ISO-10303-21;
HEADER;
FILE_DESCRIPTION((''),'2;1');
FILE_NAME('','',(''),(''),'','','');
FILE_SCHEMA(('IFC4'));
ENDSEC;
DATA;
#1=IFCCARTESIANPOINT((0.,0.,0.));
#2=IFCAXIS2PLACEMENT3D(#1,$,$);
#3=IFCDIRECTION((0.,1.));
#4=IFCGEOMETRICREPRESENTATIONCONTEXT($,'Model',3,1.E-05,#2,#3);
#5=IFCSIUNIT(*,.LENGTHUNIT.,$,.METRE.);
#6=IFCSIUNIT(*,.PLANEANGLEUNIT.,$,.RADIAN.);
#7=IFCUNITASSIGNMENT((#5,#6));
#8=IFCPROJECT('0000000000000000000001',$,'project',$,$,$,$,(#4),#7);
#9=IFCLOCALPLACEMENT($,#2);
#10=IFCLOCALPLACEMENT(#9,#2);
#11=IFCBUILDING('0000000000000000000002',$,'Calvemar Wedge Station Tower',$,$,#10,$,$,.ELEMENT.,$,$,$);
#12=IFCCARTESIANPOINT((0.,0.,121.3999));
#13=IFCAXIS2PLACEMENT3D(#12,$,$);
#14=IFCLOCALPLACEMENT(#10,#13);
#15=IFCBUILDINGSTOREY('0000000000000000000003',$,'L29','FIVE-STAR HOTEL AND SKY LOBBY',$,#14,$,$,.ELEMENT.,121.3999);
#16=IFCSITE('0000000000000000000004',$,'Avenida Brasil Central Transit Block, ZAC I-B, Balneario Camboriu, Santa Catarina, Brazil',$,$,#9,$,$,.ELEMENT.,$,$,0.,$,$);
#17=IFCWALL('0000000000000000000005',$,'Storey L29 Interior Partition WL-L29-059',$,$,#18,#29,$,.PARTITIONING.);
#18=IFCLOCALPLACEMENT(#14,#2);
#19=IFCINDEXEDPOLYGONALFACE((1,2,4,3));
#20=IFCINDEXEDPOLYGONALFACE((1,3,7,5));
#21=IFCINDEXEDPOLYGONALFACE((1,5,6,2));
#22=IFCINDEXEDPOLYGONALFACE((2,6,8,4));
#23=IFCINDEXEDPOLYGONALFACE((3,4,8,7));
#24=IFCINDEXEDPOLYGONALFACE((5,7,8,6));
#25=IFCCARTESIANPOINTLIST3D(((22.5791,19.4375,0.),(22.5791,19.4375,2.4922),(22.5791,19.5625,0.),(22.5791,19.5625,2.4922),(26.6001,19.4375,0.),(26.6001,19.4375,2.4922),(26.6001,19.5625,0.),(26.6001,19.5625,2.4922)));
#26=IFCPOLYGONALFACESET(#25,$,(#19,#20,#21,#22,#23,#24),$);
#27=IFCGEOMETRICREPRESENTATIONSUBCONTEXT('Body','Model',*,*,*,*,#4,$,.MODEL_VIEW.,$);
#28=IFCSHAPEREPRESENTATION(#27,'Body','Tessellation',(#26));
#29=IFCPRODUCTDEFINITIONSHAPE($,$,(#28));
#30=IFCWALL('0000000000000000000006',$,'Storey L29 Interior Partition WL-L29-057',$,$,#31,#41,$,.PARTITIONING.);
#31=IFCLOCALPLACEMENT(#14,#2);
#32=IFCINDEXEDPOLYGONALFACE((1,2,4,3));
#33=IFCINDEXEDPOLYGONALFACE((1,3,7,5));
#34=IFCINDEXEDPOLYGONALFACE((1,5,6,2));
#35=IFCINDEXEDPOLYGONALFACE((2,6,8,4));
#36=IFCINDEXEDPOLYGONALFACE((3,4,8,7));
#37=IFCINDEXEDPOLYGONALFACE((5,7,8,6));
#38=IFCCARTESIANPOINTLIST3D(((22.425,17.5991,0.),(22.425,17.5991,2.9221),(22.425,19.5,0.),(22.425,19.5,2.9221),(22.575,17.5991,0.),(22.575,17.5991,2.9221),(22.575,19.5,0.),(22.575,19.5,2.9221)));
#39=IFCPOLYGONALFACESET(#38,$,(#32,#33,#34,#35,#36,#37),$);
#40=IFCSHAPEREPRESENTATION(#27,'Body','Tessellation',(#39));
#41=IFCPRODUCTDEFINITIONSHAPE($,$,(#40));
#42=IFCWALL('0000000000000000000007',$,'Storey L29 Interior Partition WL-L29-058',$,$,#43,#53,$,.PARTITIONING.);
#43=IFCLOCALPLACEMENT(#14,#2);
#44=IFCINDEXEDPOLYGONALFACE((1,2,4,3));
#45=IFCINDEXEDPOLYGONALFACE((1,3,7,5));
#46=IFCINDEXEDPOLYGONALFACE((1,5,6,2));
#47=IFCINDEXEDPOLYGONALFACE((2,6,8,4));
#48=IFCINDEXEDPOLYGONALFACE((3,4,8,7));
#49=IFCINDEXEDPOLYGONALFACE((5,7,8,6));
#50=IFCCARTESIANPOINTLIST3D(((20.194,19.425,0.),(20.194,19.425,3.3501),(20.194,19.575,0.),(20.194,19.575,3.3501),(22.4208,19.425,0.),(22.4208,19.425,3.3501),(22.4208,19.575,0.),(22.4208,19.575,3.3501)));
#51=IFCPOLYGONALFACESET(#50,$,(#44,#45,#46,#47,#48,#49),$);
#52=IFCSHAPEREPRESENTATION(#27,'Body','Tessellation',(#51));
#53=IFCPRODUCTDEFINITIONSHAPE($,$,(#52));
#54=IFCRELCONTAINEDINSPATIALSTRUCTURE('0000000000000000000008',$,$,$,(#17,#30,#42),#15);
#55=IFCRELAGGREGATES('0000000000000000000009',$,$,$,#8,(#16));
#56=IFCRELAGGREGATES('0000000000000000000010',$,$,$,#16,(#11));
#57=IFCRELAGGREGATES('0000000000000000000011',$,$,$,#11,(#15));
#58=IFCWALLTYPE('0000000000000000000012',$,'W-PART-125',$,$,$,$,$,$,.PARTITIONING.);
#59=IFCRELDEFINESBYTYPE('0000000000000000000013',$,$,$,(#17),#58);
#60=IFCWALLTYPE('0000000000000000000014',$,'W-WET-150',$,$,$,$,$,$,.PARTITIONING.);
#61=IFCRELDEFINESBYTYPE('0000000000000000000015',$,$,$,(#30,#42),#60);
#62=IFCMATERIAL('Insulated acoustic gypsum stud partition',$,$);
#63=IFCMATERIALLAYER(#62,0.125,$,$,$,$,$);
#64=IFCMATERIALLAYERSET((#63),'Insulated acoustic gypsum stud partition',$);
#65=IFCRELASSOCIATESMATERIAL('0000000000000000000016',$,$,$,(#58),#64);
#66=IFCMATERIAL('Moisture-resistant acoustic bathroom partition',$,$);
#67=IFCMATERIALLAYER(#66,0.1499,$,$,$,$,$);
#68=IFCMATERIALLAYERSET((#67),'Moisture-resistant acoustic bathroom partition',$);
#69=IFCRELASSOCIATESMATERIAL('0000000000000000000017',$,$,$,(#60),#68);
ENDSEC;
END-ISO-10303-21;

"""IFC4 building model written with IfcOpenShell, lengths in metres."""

from ifc_helpers import new_model, si_unit, direction, frame, frame_2d, origin, place, context, subcontext, project, spatial, rectangle, extrude, material, layer, layer_set, type_object, element, save


model = new_model("IFC4")

# Units and contexts
model_context = context("Model", 3, precision=1e-05, world=origin(), true_north=direction((0.0, 1.0)))
body_context = subcontext(model_context, "Body", "Model", "MODEL_VIEW")
ifc_project = project(units=[si_unit("LENGTHUNIT", "METRE"), si_unit("PLANEANGLEUNIT", "RADIAN")], contexts=[model_context])

# Site, building, storey
site_placement = place(None, origin())
site = spatial("IfcSite", under=ifc_project, at=site_placement, Name="Avenida Brasil Central Transit Block, ZAC I-B, Balneario Camboriu, Santa Catarina, Brazil", CompositionType="ELEMENT", RefElevation=0.0)
building_placement = place(site_placement, origin())
building = spatial("IfcBuilding", under=site, at=building_placement, Name="Calvemar Wedge Station Tower", CompositionType="ELEMENT")
storey_placement = place(building_placement, frame((0.0, 0.0, 121.3999)))
storey = spatial("IfcBuildingStorey", under=building, at=storey_placement, Name="L29", Description="FIVE-STAR HOTEL AND SKY LOBBY", CompositionType="ELEMENT", Elevation=121.3999)

# Wall
ifc_material_1 = material(Name="Insulated acoustic gypsum stud partition")
ifc_layer_1 = layer(ifc_material_1, 0.125)
ifc_layer_set_1 = layer_set([ifc_layer_1], Name="Insulated acoustic gypsum stud partition")
wall_type_1 = type_object("IfcWallType", Name="W-PART-125", PredefinedType="PARTITIONING", material=ifc_layer_set_1)
wall_1_placement = place(storey_placement, frame((22.5791, 19.5, 0.0), z_axis=(0.0, 0.0, 1.0), x_axis=(1.0, 0.0, 0.0)))
element("IfcWall", 1, at=wall_1_placement, inside=storey, type_object=wall_type_1, Name="Storey L29 Interior Partition WL-L29-059", PredefinedType="PARTITIONING", context=body_context, shape_type="SweptSolid", body=[
    extrude(rectangle(XDim=4.021, YDim=0.125, at=frame_2d((2.0105, 0.0))), origin(), (0.0, 0.0, 1.0), 2.4922),
])

# Shared definitions
ifc_material_2 = material(Name="Moisture-resistant acoustic bathroom partition")
ifc_layer_2 = layer(ifc_material_2, 0.1499)
ifc_layer_set_2 = layer_set([ifc_layer_2], Name="Moisture-resistant acoustic bathroom partition")
wall_type_2 = type_object("IfcWallType", Name="W-WET-150", PredefinedType="PARTITIONING", material=ifc_layer_set_2)

# Walls
wall_2_placement = place(storey_placement, frame((22.5, 19.5, 0.0), z_axis=(0.0, 0.0, 1.0), x_axis=(0.0, -1.0, 0.0)))
element("IfcWall", 2, at=wall_2_placement, inside=storey, type_object=wall_type_2, Name="Storey L29 Interior Partition WL-L29-057", PredefinedType="PARTITIONING", context=body_context, shape_type="SweptSolid", body=[
    extrude(rectangle(XDim=1.9009, YDim=0.1499, at=frame_2d((0.9504, 0.0))), origin(), (0.0, 0.0, 1.0), 2.9221),
])
wall_3_placement = place(storey_placement, frame((20.1941, 19.5, 0.0), z_axis=(0.0, 0.0, 1.0), x_axis=(1.0, 0.0, 0.0)))
element("IfcWall", 3, at=wall_3_placement, inside=storey, type_object=wall_type_2, Name="Storey L29 Interior Partition WL-L29-058", PredefinedType="PARTITIONING", context=body_context, shape_type="SweptSolid", body=[
    extrude(rectangle(XDim=2.2268, YDim=0.1499, at=frame_2d((1.1133, 0.0))), origin(), (0.0, 0.0, 1.0), 3.3501),
])

save(model, "model.ifc")
